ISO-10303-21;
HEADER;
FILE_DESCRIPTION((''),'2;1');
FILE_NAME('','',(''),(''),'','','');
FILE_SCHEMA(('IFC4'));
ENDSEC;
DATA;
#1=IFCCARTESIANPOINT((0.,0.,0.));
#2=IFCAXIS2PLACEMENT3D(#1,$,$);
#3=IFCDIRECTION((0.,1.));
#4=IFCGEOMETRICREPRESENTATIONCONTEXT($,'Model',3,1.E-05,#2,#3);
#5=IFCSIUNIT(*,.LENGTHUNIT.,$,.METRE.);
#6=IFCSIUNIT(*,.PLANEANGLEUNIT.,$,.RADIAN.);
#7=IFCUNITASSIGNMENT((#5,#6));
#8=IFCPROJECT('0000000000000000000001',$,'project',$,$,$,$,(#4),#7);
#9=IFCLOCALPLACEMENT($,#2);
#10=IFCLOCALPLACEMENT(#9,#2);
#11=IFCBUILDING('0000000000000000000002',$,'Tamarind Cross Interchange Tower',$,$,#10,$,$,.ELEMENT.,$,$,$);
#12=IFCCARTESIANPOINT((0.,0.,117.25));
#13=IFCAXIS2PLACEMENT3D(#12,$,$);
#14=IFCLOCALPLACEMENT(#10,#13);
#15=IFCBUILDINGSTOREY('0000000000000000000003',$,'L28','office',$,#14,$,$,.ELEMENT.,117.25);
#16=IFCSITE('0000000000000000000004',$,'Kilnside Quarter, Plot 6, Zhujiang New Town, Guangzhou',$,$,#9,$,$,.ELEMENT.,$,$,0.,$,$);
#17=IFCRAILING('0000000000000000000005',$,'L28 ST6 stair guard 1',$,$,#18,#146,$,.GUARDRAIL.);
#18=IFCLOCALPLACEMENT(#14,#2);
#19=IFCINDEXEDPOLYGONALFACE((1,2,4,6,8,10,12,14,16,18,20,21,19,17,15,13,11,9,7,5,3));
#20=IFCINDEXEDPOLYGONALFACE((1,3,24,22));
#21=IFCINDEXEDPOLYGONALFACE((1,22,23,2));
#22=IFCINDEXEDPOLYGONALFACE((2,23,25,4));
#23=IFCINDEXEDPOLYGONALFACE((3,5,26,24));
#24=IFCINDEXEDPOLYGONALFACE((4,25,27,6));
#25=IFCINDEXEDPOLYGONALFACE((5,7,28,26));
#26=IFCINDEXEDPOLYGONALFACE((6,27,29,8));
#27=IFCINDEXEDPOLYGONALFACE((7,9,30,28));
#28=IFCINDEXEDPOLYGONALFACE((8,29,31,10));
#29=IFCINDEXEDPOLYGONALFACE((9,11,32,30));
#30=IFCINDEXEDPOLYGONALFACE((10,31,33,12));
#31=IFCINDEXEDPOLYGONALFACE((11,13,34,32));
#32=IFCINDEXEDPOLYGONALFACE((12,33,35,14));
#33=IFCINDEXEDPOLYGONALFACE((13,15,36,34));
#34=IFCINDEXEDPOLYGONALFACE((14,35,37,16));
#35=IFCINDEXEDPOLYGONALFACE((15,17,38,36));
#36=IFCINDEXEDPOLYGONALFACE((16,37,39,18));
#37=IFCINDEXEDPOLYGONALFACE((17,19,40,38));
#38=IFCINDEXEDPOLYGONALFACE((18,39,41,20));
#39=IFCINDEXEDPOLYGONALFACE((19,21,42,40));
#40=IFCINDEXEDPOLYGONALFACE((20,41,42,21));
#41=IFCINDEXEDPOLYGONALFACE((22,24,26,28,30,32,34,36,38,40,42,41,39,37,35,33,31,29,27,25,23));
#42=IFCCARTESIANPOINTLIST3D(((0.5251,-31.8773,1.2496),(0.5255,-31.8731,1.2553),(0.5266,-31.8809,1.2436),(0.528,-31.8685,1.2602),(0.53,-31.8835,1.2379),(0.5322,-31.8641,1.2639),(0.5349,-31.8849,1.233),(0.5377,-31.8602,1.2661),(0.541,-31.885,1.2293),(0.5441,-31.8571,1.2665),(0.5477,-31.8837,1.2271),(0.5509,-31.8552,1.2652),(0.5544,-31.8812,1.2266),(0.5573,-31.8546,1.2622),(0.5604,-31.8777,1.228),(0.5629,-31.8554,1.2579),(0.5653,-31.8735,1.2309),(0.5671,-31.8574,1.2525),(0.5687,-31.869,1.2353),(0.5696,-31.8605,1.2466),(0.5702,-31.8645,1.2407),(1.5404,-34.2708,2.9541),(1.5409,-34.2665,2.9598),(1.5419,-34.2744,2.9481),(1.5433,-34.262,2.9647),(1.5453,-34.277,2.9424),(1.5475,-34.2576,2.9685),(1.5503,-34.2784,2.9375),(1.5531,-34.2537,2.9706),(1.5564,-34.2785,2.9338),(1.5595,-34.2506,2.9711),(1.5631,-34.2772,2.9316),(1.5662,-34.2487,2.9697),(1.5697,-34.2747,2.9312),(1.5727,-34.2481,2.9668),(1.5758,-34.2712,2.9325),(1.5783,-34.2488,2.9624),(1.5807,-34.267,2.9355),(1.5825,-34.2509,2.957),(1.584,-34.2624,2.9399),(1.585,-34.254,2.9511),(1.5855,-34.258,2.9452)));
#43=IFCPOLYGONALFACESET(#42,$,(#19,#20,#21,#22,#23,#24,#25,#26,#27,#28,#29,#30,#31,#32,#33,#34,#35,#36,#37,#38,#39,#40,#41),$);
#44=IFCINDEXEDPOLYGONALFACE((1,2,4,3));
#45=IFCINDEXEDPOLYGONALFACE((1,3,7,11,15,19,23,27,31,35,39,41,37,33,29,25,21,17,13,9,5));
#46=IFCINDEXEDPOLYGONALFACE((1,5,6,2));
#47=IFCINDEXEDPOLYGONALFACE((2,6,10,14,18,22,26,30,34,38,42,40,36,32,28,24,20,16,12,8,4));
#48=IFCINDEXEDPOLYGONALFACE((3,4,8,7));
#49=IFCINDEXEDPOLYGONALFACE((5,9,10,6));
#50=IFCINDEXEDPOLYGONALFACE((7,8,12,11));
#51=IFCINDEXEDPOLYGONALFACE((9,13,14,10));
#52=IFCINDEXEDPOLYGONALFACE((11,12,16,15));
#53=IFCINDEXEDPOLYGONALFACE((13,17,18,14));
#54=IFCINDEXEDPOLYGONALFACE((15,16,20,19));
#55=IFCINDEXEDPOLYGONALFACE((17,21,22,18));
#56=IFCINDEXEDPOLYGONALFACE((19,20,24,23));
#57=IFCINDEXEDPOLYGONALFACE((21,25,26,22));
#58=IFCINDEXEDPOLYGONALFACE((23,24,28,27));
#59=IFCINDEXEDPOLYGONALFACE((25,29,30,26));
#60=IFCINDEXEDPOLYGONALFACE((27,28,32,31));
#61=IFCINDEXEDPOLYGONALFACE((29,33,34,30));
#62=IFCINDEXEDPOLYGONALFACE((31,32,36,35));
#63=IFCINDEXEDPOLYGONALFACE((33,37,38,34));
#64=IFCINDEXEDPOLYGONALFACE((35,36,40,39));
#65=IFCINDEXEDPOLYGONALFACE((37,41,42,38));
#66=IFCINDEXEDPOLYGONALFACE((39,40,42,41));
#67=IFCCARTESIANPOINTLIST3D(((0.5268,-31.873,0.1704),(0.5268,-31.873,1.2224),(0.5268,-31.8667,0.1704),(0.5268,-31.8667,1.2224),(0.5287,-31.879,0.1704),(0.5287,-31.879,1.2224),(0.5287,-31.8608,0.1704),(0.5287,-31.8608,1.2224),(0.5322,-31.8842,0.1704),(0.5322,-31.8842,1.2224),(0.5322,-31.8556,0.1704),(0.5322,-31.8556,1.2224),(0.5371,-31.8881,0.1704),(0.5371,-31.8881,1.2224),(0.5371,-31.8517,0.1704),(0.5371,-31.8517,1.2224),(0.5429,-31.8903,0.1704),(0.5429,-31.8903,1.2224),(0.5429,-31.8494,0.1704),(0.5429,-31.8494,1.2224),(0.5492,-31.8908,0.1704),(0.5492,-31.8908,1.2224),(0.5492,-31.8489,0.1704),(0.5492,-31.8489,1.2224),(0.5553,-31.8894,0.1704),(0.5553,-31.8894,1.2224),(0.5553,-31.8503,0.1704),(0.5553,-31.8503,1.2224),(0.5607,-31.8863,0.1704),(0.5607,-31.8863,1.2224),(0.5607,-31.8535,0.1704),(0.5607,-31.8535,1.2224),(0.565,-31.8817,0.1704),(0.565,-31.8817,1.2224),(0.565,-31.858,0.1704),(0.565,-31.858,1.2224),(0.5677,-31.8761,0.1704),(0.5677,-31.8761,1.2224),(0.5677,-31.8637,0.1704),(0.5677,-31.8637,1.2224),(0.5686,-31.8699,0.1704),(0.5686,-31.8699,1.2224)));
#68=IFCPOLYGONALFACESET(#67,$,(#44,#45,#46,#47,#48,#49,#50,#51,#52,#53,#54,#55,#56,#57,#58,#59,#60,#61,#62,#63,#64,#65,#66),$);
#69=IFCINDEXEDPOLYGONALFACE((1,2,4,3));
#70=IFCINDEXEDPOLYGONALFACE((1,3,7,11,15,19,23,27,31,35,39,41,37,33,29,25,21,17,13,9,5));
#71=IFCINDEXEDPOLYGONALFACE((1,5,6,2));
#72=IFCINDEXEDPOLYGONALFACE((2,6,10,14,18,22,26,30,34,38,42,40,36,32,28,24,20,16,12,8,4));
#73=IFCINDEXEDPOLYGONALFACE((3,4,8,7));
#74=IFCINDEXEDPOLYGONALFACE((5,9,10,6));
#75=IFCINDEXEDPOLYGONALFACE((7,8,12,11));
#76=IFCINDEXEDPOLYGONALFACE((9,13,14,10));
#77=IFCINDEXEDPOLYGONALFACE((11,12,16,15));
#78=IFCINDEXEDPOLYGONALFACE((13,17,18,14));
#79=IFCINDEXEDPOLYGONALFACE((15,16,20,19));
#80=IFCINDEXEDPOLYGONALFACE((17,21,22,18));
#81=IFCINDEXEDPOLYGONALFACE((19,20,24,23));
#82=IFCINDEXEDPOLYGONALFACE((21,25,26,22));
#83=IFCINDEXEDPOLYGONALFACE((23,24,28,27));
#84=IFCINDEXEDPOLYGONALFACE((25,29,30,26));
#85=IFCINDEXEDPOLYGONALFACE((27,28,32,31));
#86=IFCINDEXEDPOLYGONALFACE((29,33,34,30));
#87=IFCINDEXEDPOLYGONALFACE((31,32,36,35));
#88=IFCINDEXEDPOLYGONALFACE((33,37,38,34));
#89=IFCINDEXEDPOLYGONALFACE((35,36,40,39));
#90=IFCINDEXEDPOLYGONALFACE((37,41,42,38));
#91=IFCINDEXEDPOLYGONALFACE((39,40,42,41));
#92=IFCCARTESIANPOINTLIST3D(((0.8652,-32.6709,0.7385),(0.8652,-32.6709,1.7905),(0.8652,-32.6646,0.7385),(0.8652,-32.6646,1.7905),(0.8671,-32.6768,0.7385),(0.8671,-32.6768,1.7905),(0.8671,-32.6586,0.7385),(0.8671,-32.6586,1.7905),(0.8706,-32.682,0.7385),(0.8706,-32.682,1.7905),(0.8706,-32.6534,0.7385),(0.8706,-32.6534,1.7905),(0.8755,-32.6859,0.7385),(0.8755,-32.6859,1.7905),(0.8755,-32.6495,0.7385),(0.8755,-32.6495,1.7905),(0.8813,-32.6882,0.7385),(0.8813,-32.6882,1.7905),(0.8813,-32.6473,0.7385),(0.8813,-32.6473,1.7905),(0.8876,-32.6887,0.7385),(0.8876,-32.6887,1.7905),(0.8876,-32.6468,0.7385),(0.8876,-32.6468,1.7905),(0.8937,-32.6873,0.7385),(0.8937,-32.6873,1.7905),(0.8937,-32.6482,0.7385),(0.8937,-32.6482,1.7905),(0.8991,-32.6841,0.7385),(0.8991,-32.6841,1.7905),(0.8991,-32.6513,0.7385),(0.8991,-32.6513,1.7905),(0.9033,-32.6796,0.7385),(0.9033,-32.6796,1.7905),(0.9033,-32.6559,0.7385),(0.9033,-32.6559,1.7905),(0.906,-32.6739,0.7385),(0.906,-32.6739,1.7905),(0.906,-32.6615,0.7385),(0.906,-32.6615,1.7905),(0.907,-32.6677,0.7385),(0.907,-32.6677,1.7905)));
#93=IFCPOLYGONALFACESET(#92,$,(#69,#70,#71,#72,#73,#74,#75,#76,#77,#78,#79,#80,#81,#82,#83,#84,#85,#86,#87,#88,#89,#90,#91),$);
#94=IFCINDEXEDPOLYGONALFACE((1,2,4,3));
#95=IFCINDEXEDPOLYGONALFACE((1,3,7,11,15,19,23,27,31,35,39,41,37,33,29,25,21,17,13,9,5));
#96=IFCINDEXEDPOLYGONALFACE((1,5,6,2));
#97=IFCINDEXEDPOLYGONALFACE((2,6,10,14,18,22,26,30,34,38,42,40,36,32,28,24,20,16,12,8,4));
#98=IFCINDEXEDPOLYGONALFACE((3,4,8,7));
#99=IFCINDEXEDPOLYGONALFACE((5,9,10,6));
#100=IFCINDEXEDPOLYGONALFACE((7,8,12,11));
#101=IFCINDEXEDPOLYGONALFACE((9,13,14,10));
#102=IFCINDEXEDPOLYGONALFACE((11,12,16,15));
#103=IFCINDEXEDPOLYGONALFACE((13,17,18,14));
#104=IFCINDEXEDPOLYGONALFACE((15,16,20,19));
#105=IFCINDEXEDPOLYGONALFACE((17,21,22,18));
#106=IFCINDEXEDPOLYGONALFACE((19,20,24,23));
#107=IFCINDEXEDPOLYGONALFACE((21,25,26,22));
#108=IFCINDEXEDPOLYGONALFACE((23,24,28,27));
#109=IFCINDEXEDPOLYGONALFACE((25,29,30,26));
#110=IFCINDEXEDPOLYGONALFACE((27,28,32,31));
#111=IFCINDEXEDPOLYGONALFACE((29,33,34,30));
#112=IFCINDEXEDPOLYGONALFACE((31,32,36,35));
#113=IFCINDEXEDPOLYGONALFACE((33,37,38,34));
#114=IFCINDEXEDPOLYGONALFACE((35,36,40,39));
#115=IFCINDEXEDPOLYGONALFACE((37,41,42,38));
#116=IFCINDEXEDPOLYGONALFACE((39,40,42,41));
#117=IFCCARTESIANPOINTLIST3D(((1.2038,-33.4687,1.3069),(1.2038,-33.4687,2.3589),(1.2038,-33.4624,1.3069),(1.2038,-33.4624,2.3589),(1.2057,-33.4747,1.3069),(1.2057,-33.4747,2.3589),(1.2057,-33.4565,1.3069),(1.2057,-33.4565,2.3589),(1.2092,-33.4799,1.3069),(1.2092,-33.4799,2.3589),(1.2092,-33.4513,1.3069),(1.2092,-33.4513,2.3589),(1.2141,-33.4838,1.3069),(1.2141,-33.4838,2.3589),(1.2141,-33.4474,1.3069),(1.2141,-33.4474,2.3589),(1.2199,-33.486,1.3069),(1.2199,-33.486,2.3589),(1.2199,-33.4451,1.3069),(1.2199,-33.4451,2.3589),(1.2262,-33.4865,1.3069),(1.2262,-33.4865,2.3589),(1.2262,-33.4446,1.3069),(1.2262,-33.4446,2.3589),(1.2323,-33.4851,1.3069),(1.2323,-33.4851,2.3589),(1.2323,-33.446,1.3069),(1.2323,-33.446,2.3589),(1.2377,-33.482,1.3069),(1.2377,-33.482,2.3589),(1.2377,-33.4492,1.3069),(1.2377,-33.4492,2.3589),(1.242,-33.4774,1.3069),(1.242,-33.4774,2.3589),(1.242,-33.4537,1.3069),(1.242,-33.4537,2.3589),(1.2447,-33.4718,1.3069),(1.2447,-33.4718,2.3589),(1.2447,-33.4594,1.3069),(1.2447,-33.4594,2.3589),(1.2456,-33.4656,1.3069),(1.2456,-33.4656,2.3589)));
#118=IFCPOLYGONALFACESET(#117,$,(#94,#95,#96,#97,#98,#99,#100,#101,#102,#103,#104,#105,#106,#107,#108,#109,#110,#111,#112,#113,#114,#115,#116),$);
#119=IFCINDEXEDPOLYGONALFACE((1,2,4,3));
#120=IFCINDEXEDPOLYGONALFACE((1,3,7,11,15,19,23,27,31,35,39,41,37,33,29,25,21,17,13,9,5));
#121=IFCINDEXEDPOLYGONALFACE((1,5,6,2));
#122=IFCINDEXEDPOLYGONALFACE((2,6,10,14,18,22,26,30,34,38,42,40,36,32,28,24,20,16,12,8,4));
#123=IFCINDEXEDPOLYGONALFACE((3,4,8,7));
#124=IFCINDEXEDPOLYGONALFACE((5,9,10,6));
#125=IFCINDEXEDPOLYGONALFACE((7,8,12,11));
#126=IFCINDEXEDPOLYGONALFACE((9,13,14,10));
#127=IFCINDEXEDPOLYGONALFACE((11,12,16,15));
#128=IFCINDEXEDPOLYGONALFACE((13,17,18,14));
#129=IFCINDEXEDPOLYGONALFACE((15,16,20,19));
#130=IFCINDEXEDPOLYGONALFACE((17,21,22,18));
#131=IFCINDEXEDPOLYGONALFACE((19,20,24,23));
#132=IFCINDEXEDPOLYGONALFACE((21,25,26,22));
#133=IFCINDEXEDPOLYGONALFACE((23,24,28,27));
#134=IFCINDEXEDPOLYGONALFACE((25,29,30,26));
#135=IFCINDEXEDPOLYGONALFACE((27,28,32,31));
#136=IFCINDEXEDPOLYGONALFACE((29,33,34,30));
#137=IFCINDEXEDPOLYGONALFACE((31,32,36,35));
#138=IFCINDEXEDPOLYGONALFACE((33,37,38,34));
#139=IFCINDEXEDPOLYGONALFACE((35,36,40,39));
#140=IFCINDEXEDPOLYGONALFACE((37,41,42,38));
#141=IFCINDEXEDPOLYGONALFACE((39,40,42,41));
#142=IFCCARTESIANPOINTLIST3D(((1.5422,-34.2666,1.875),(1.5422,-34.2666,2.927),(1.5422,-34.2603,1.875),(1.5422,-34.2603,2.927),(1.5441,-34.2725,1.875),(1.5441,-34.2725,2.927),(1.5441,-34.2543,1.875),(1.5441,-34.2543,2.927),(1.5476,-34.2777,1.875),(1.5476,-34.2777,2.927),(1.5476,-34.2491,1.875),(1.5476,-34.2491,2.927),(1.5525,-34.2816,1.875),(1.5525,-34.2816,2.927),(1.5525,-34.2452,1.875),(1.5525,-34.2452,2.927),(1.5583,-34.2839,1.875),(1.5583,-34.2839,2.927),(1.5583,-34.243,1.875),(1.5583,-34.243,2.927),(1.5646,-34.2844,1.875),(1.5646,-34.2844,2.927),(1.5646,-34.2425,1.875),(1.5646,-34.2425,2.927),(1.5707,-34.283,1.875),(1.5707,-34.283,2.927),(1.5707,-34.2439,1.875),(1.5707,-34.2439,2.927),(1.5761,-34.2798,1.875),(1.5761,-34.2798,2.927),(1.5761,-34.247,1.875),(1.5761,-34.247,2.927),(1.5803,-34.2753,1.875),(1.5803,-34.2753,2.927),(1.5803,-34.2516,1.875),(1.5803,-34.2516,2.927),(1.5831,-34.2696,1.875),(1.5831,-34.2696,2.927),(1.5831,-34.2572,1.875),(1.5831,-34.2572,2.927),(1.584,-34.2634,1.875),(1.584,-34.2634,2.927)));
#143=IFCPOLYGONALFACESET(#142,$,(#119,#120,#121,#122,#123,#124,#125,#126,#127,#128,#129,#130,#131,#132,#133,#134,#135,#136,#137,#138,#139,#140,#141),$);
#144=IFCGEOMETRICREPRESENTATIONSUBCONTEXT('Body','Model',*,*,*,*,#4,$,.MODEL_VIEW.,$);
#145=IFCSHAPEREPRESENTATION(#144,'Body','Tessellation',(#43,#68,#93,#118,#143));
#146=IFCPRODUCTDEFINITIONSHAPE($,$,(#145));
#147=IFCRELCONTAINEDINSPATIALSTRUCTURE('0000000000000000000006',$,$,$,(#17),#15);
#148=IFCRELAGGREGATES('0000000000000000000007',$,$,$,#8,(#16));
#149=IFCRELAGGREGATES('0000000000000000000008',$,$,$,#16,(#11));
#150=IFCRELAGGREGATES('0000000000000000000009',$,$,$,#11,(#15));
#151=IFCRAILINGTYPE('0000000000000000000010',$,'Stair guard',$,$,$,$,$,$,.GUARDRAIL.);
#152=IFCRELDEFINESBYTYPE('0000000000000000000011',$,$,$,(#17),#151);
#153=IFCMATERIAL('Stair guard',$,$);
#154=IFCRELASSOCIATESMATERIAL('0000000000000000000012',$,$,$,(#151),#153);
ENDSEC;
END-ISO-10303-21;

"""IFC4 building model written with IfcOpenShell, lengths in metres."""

from ifc_helpers import new_model, si_unit, direction, frame, origin, origin_2d, place, context, subcontext, project, spatial, circle, extrude, material, type_object, element, save


model = new_model("IFC4")

# Units and contexts
model_context = context("Model", 3, precision=1e-05, world=origin(), true_north=direction((0.0, 1.0)))
body_context = subcontext(model_context, "Body", "Model", "MODEL_VIEW")
ifc_project = project(units=[si_unit("LENGTHUNIT", "METRE"), si_unit("PLANEANGLEUNIT", "RADIAN")], contexts=[model_context])

# Site, building, storey
site_placement = place(None, origin())
site = spatial("IfcSite", under=ifc_project, at=site_placement, Name="Kilnside Quarter, Plot 6, Zhujiang New Town, Guangzhou", CompositionType="ELEMENT", RefElevation=0.0)
building_placement = place(site_placement, origin())
building = spatial("IfcBuilding", under=site, at=building_placement, Name="Tamarind Cross Interchange Tower", CompositionType="ELEMENT")
storey_placement = place(building_placement, frame((0.0, 0.0, 117.25)))
storey = spatial("IfcBuildingStorey", under=building, at=storey_placement, Name="L28", Description="office", CompositionType="ELEMENT", Elevation=117.25)

# Railing
ifc_material_1 = material(Name="Stair guard")
railing_type_1 = type_object("IfcRailingType", Name="Stair guard", PredefinedType="GUARDRAIL", material=ifc_material_1)
railing_1_placement = place(storey_placement, frame((0.5476, -31.8699, 0.1704)))
element("IfcRailing", 1, at=railing_1_placement, inside=storey, type_object=railing_type_1, Name="L28 ST6 stair guard 1", PredefinedType="GUARDRAIL", context=body_context, shape_type="SweptSolid", body=[
    extrude(circle(Radius=0.0239, at=origin_2d()), frame((0.0, 0.0, 1.0762), z_axis=(0.326597, -0.769885, 0.54828), x_axis=(0.920591, 0.390528, 0.0)), (0.0, 0.0, 1.0), 3.1089),
    extrude(circle(Radius=0.021, at=origin_2d()), origin(), (0.0, 0.0, 1.0), 1.052),
    extrude(circle(Radius=0.021, at=origin_2d()), frame((0.3384, -0.7979, 0.5681)), (0.0, 0.0, 1.0), 1.052),
    extrude(circle(Radius=0.021, at=origin_2d()), frame((0.677, -1.5957, 1.1365)), (0.0, 0.0, 1.0), 1.052),
    extrude(circle(Radius=0.021, at=origin_2d()), frame((1.0154, -2.3936, 1.7046)), (0.0, 0.0, 1.0), 1.052),
])

save(model, "model.ifc")
